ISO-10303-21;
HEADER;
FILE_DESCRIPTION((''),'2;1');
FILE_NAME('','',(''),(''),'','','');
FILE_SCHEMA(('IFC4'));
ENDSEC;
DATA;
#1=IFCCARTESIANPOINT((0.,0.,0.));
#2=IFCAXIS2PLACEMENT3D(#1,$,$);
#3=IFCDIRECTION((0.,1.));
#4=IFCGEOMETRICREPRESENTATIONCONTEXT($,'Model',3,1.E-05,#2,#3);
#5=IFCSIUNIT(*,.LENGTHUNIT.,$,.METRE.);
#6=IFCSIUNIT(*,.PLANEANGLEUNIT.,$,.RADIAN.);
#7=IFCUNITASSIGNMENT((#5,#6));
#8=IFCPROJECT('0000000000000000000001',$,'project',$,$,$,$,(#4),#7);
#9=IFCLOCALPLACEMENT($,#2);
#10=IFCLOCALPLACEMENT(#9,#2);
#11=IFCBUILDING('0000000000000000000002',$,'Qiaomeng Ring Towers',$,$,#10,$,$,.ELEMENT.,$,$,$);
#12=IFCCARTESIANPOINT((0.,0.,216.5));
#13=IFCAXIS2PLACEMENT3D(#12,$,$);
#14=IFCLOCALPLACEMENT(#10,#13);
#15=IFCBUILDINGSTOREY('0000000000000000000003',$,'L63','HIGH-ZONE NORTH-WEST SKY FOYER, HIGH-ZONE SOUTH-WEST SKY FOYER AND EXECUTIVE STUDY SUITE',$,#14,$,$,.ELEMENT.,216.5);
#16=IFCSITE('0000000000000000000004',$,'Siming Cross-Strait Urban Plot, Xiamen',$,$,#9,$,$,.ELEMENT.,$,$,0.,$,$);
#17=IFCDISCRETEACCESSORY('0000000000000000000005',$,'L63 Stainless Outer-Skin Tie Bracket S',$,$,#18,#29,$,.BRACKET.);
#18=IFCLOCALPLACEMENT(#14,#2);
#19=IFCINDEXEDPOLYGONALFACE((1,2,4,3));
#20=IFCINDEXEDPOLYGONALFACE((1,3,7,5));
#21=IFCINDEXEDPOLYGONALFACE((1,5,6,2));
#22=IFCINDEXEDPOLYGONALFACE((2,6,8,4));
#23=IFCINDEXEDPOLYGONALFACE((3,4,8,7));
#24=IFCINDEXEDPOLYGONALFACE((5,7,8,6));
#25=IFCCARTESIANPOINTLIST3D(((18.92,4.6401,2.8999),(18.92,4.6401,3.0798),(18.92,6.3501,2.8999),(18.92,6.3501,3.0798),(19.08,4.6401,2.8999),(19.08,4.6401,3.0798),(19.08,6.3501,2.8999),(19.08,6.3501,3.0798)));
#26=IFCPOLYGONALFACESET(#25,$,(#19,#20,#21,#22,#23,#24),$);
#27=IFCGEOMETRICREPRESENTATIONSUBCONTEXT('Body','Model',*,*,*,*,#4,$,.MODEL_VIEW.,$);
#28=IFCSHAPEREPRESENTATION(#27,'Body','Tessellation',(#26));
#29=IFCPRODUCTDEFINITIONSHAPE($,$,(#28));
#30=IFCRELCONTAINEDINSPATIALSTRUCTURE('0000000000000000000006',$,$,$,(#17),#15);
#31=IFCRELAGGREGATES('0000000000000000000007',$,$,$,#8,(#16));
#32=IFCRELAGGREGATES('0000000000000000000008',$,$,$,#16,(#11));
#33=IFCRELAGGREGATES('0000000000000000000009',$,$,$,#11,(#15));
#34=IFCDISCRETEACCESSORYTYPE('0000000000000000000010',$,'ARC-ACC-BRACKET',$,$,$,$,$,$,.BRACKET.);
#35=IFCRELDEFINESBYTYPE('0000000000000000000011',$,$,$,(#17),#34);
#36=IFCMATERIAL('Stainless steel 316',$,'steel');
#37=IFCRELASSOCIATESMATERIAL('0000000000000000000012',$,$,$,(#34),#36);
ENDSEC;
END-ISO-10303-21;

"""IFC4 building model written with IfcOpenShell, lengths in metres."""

from ifc_helpers import new_model, si_unit, direction, frame, origin, origin_2d, place, context, subcontext, project, spatial, rectangle, extrude, source, transform, mapped, material, type_object, element, save


model = new_model("IFC4")

# Units and contexts
model_context = context("Model", 3, precision=1e-05, world=origin(), true_north=direction((0.0, 1.0)))
body_context = subcontext(model_context, "Body", "Model", "MODEL_VIEW")
ifc_project = project(units=[si_unit("LENGTHUNIT", "METRE"), si_unit("PLANEANGLEUNIT", "RADIAN")], contexts=[model_context])

# Site, building, storey
site_placement = place(None, origin())
site = spatial("IfcSite", under=ifc_project, at=site_placement, Name="Siming Cross-Strait Urban Plot, Xiamen", CompositionType="ELEMENT", RefElevation=0.0)
building_placement = place(site_placement, origin())
building = spatial("IfcBuilding", under=site, at=building_placement, Name="Qiaomeng Ring Towers", CompositionType="ELEMENT")
storey_placement = place(building_placement, frame((0.0, 0.0, 216.5)))
storey = spatial("IfcBuildingStorey", under=building, at=storey_placement, Name="L63", Description="HIGH-ZONE NORTH-WEST SKY FOYER, HIGH-ZONE SOUTH-WEST SKY FOYER AND EXECUTIVE STUDY SUITE", CompositionType="ELEMENT", Elevation=216.5)

# Shared definitions
ifc_material_1 = material(Name="Stainless steel 316", Category="steel")

# Discrete accessory
discrete_accessory_type = type_object("IfcDiscreteAccessoryType", Name="ARC-ACC-BRACKET", PredefinedType="BRACKET", material=ifc_material_1)
shared_shape_1 = source(origin(), body_context, "Body", "SweptSolid", [
    extrude(rectangle(XDim=0.1599, YDim=1.71, at=origin_2d()), origin(), (0.0, 0.0, 1.0), 0.1799),
])
discrete_accessory_placement = place(storey_placement, frame((19.0, 5.4951, 2.8999), z_axis=(0.0, 0.0, 1.0), x_axis=(1.0, 0.0, 0.0)))
element("IfcDiscreteAccessory", 1, at=discrete_accessory_placement, inside=storey, type_object=discrete_accessory_type, Name="L63 Stainless Outer-Skin Tie Bracket S", PredefinedType="BRACKET", context=body_context, shape_type="MappedRepresentation", body=[
    mapped(shared_shape_1, transform((0.0, 0.0, 0.0), x_axis=(1.0, 0.0, 0.0), y_axis=(0.0, 1.0, 0.0), z_axis=(0.0, 0.0, 1.0), scale=1.0)),
])

save(model, "model.ifc")
